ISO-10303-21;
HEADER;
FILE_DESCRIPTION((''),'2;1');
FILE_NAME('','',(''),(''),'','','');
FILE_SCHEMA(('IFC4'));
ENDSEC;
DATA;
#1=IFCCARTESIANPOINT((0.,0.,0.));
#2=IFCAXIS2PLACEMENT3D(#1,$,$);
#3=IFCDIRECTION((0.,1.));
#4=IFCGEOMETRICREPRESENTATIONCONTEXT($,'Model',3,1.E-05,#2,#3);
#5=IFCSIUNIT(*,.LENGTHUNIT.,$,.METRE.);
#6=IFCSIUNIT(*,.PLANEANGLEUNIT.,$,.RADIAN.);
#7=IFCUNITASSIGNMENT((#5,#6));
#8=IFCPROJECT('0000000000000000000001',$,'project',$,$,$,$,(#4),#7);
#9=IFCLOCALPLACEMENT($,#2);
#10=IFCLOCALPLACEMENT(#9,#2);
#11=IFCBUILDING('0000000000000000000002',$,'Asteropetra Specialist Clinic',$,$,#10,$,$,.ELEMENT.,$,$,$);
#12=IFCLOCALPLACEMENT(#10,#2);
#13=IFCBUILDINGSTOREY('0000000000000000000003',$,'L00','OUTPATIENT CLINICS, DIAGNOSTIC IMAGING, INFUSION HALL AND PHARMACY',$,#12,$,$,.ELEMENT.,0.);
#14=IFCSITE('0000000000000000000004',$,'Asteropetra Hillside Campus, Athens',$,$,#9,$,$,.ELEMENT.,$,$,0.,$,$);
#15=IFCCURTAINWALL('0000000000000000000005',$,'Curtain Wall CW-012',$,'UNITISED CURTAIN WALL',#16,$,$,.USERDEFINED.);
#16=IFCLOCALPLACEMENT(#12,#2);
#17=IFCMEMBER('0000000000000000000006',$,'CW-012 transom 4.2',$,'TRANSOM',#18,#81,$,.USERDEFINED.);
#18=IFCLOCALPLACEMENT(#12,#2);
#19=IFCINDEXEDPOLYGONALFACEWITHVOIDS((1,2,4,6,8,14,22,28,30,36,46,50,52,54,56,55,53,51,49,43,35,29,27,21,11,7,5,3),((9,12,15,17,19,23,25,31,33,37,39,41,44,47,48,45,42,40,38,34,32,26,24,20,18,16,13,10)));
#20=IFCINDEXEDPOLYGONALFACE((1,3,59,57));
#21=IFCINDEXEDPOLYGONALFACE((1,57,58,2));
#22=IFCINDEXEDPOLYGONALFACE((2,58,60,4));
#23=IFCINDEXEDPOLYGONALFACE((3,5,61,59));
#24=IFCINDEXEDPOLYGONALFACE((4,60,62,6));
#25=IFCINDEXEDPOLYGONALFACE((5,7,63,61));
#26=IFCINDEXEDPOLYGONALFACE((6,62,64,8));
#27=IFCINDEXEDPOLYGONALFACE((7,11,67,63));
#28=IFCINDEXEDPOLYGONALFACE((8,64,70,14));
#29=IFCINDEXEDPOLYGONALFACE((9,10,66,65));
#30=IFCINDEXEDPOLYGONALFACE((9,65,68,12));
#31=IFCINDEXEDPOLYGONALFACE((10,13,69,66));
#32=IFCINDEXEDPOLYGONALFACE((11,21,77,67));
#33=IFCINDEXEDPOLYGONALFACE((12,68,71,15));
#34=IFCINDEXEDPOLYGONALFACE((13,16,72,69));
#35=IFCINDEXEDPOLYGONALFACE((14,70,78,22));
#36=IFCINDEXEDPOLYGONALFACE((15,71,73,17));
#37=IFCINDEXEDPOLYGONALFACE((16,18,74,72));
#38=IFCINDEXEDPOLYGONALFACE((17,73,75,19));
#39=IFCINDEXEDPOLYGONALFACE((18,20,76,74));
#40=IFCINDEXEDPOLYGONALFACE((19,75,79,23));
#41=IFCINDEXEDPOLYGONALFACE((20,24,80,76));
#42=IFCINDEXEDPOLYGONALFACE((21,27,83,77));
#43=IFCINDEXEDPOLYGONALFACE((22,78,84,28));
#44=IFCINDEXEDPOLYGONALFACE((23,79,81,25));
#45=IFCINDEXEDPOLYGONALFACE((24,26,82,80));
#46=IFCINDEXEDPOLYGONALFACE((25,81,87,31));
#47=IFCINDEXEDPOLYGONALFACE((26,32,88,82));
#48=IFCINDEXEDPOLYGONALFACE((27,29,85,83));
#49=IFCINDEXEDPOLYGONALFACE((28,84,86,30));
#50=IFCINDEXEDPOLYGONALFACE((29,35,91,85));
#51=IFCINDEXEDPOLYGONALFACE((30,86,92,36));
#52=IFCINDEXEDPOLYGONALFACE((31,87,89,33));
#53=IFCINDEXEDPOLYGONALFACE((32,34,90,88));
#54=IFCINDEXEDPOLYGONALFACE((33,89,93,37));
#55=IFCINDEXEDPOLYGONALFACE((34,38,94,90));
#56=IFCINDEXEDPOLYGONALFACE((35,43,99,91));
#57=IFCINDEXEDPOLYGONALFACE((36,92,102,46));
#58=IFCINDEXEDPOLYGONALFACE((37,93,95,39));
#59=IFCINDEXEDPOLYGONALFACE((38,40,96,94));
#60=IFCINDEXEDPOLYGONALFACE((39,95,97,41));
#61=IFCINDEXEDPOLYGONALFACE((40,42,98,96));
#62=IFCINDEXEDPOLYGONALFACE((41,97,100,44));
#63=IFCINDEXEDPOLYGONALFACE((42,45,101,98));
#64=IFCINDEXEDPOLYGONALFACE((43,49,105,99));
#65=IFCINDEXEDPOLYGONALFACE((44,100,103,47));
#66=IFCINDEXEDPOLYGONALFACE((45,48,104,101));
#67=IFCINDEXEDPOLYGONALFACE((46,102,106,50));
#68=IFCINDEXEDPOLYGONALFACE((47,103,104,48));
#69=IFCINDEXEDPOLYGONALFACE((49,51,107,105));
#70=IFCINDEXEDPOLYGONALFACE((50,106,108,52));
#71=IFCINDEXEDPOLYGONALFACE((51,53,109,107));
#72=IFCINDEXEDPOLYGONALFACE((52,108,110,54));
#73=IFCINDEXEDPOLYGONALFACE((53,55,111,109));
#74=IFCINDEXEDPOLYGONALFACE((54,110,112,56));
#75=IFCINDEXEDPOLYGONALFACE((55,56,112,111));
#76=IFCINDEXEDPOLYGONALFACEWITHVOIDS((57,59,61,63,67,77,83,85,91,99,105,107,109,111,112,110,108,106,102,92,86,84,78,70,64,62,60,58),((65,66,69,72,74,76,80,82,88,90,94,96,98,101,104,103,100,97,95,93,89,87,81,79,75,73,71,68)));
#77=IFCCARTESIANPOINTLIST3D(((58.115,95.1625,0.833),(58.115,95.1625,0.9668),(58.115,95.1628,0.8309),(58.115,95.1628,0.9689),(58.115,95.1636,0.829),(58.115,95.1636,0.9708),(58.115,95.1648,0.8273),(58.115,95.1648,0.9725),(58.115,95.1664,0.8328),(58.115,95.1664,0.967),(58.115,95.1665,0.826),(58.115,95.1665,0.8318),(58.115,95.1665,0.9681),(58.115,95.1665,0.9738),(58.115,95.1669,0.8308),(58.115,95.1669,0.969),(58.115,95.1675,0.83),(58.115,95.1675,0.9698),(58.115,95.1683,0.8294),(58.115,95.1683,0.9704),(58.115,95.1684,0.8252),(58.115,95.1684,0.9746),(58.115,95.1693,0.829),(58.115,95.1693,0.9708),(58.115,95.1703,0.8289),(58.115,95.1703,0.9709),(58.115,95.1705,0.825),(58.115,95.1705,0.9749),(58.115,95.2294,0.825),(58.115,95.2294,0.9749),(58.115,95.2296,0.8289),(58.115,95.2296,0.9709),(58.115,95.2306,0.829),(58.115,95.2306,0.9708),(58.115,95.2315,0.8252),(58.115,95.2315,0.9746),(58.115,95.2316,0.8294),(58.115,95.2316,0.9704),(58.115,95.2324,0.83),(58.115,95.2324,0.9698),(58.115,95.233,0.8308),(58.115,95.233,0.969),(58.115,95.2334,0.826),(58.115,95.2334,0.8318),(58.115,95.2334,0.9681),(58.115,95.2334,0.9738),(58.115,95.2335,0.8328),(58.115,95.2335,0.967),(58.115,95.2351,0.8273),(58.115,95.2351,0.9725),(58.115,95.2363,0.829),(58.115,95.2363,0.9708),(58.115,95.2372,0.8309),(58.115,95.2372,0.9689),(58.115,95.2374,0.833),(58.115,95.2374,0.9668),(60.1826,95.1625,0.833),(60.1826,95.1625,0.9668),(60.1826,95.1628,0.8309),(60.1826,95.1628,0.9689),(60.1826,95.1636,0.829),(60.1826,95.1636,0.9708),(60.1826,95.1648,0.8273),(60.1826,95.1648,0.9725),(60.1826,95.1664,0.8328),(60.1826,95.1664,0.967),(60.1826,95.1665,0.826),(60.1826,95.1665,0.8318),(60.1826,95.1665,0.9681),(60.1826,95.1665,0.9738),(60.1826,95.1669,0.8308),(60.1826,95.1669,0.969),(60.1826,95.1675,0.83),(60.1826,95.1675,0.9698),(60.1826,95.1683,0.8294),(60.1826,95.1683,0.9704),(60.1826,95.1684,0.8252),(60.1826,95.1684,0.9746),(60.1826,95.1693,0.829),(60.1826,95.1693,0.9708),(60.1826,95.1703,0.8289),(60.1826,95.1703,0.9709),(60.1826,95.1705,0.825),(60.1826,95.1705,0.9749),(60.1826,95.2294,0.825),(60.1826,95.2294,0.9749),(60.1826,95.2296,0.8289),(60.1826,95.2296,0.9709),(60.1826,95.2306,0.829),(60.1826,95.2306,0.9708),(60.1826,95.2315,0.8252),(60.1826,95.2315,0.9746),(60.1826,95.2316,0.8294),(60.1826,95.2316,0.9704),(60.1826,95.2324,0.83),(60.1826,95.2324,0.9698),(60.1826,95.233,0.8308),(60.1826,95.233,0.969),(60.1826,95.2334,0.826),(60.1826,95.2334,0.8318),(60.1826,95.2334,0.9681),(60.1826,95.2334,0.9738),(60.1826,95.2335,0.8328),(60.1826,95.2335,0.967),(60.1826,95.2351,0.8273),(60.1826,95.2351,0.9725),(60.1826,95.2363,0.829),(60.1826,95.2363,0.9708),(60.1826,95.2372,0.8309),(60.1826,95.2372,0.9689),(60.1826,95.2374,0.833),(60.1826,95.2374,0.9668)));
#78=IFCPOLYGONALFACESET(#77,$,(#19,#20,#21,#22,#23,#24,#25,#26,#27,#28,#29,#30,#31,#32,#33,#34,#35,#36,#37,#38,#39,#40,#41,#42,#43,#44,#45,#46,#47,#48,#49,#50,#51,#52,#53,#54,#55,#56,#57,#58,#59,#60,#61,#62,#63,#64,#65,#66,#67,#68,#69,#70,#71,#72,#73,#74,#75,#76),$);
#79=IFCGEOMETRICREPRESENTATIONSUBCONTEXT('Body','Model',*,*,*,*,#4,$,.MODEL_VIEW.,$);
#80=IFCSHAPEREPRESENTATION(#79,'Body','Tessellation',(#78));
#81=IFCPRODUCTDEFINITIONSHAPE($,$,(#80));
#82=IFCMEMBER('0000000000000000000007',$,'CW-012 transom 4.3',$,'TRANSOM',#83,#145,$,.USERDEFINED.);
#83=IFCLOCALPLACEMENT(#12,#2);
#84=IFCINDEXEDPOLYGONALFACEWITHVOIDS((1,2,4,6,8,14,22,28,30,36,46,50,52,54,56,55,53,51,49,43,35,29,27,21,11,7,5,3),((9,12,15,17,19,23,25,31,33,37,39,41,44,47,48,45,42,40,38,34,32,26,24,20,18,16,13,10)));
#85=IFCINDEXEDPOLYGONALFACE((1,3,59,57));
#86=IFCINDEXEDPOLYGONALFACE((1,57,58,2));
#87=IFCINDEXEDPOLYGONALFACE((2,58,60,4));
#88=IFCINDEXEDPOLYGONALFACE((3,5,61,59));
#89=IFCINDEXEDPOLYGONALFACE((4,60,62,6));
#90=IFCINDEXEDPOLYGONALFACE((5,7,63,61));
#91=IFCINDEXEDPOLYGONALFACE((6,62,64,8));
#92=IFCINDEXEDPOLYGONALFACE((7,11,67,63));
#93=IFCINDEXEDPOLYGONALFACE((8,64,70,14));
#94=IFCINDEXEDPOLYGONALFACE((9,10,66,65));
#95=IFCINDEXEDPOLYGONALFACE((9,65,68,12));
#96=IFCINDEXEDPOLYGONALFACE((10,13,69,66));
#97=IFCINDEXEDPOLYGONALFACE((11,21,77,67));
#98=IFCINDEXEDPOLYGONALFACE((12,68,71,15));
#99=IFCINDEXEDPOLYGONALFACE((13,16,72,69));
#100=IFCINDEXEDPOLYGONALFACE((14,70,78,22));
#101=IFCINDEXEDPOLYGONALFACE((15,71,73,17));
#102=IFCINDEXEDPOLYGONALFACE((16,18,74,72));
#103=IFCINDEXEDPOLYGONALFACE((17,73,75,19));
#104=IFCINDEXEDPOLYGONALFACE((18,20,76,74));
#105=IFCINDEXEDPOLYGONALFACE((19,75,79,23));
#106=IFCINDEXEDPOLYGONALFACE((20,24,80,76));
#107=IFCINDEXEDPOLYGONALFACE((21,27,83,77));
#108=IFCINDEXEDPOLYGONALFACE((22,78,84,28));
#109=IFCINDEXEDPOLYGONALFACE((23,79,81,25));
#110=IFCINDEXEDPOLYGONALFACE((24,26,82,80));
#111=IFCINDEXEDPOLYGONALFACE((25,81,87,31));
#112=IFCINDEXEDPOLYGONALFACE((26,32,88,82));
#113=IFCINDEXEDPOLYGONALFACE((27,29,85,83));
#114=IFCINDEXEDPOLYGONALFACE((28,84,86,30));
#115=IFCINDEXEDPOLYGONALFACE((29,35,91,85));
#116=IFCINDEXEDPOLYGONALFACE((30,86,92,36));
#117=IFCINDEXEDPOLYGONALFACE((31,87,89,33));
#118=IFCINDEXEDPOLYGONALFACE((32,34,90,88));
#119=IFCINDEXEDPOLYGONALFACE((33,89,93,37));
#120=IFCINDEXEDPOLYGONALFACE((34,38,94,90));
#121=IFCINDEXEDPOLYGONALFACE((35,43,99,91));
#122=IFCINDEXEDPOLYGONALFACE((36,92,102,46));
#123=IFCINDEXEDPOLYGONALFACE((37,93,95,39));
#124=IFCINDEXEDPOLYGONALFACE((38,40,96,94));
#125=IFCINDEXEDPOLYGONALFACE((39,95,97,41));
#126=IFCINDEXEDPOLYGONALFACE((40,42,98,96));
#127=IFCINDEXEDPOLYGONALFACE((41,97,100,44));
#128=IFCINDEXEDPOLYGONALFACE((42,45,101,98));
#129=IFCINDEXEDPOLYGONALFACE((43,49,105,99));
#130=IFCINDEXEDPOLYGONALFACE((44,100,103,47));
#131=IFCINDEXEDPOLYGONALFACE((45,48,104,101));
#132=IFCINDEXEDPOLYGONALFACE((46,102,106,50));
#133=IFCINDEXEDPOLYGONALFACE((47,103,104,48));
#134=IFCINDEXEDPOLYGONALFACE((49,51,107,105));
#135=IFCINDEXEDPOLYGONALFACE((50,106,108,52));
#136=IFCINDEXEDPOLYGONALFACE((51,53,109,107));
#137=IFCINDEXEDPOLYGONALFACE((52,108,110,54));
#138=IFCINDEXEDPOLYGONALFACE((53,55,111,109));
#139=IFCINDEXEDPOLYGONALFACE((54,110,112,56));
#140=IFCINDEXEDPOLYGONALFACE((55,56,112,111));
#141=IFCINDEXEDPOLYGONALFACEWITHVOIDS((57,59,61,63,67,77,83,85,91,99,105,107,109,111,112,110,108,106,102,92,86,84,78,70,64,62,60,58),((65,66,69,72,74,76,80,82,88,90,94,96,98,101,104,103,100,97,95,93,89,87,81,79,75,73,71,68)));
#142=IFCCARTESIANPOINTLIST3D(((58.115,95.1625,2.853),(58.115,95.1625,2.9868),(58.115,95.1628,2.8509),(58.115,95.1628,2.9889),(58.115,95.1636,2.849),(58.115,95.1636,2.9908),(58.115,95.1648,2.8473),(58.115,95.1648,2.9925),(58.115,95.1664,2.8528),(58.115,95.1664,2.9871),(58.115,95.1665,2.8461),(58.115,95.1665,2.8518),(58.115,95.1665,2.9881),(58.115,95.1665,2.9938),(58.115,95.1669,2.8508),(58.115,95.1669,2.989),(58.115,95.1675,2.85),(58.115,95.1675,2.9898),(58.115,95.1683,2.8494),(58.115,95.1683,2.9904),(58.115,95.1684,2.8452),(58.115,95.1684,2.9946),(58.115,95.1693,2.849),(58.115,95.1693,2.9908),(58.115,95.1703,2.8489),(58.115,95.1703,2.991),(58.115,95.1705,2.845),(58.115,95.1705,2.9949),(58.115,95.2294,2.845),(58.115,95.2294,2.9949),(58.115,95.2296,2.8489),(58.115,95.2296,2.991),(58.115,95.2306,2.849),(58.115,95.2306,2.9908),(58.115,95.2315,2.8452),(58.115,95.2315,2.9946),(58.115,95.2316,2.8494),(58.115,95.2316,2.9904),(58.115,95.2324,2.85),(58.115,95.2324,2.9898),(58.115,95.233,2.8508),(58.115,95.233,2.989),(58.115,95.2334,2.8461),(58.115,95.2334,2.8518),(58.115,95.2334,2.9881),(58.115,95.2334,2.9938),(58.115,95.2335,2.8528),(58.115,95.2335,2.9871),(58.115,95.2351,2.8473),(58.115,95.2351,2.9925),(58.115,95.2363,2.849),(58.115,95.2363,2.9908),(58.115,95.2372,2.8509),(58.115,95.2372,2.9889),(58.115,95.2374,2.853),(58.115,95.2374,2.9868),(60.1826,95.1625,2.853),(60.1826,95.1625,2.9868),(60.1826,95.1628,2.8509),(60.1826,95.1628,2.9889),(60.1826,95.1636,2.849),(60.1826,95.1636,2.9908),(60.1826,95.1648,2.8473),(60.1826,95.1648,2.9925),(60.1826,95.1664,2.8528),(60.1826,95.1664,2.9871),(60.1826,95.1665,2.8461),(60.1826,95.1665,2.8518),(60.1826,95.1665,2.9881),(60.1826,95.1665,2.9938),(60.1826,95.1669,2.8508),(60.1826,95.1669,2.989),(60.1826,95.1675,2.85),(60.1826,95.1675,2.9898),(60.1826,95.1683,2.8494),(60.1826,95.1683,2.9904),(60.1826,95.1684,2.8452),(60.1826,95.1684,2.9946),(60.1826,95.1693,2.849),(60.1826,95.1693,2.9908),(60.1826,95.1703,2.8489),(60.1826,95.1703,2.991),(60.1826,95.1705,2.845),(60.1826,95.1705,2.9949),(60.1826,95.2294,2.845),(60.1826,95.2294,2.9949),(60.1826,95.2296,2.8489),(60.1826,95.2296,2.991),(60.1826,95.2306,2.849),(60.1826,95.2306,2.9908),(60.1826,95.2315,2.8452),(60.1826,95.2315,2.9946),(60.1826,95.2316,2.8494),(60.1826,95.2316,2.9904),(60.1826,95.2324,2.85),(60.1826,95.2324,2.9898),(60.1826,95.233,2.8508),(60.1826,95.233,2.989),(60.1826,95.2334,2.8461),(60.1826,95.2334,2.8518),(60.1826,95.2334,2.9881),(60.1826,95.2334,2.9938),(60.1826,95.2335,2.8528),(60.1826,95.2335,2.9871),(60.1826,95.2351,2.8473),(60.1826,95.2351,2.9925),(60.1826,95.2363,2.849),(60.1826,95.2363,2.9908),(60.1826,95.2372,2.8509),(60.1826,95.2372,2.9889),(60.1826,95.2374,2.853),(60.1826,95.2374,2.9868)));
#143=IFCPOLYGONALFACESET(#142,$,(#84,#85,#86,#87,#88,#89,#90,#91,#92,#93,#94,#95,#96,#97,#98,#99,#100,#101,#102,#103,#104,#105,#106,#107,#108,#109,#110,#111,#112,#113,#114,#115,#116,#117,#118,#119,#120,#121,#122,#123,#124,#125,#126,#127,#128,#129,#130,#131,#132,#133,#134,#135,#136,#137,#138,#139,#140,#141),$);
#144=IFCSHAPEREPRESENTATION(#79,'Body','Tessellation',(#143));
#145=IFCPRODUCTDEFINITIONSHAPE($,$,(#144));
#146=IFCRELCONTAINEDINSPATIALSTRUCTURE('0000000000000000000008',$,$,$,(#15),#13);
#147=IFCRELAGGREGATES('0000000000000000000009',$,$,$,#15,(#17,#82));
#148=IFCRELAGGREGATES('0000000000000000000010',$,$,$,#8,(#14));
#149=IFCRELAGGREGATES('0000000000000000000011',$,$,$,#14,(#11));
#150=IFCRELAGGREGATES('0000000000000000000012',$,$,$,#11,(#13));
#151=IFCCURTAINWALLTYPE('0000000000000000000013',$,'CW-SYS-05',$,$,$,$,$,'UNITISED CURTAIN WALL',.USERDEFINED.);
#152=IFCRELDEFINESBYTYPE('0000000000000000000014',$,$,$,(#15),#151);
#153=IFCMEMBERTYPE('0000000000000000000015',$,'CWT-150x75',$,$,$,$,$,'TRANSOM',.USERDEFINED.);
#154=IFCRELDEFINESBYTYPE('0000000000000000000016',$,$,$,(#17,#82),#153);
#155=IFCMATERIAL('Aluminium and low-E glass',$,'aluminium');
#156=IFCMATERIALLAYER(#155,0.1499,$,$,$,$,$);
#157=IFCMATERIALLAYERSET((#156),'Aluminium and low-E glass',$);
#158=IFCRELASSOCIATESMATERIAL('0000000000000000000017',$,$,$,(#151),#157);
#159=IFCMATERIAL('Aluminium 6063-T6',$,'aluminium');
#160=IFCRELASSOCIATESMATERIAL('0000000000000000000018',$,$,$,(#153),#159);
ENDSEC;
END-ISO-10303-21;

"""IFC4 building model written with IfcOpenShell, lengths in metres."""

from ifc_helpers import new_model, si_unit, direction, frame, origin, origin_2d, place, context, subcontext, project, spatial, hollow_rectangle, extrude, material, layer, layer_set, material_profile, profile_set, type_object, element, aggregate, save


model = new_model("IFC4")

# Units and contexts
model_context = context("Model", 3, precision=1e-05, world=origin(), true_north=direction((0.0, 1.0)))
body_context = subcontext(model_context, "Body", "Model", "MODEL_VIEW")
ifc_project = project(units=[si_unit("LENGTHUNIT", "METRE"), si_unit("PLANEANGLEUNIT", "RADIAN")], contexts=[model_context])

# Site, building, storey
site_placement = place(None, origin())
site = spatial("IfcSite", under=ifc_project, at=site_placement, Name="Asteropetra Hillside Campus, Athens", CompositionType="ELEMENT", RefElevation=0.0)
building_placement = place(site_placement, origin())
building = spatial("IfcBuilding", under=site, at=building_placement, Name="Asteropetra Specialist Clinic", CompositionType="ELEMENT")
storey_placement = place(building_placement, origin())
storey = spatial("IfcBuildingStorey", under=building, at=storey_placement, Name="L00", Description="OUTPATIENT CLINICS, DIAGNOSTIC IMAGING, INFUSION HALL AND PHARMACY", CompositionType="ELEMENT", Elevation=0.0)

# Curtain wall
ifc_material_1 = material(Name="Aluminium and low-E glass", Category="aluminium")
ifc_layer_1 = layer(ifc_material_1, 0.1499)
ifc_layer_set_1 = layer_set([ifc_layer_1], Name="Aluminium and low-E glass")
curtain_wall_type_1 = type_object("IfcCurtainWallType", Name="CW-SYS-05", ElementType="UNITISED CURTAIN WALL", PredefinedType="USERDEFINED", material=ifc_layer_set_1)
curtain_wall_1_placement = place(storey_placement, origin())
curtain_wall_1 = element("IfcCurtainWall", 1, at=curtain_wall_1_placement, inside=storey, type_object=curtain_wall_type_1, Name="Curtain Wall CW-012", ObjectType="UNITISED CURTAIN WALL", PredefinedType="USERDEFINED")

# Members
ifc_material_2 = material(Name="Aluminium 6063-T6", Category="aluminium")
ifc_material_profile_1 = material_profile(ifc_material_2, hollow_rectangle(XDim=0.075, YDim=0.1499, WallThickness=0.0039, InnerFilletRadius=0.0039, OuterFilletRadius=0.0081, at=origin_2d()), Name="TRN 150x75x4.0")
ifc_profile_set_1 = profile_set([ifc_material_profile_1], Name="Aluminium 6063-T6")
member_type_1 = type_object("IfcMemberType", Name="CWT-150x75", ElementType="TRANSOM", PredefinedType="USERDEFINED", material=ifc_profile_set_1)
member_1_placement = place(storey_placement, frame((60.1826, 95.2, 0.8999), z_axis=(-1.0, 0.0, 0.0), x_axis=(0.0, -1.0, 0.0)))
member_1 = element("IfcMember", 2, at=member_1_placement, type_object=member_type_1, Name="CW-012 transom 4.2", ObjectType="TRANSOM", PredefinedType="USERDEFINED", context=body_context, shape_type="SweptSolid", body=[
    extrude(hollow_rectangle(XDim=0.075, YDim=0.1499, WallThickness=0.0039, InnerFilletRadius=0.0039, OuterFilletRadius=0.0081, at=origin_2d()), origin(), (0.0, 0.0, 1.0), 2.0676),
])
member_2_placement = place(storey_placement, frame((60.1826, 95.2, 2.9199), z_axis=(-1.0, 0.0, 0.0), x_axis=(0.0, -1.0, 0.0)))
member_2 = element("IfcMember", 3, at=member_2_placement, type_object=member_type_1, Name="CW-012 transom 4.3", ObjectType="TRANSOM", PredefinedType="USERDEFINED", context=body_context, shape_type="SweptSolid", body=[
    extrude(hollow_rectangle(XDim=0.075, YDim=0.1499, WallThickness=0.0039, InnerFilletRadius=0.0039, OuterFilletRadius=0.0081, at=origin_2d()), origin(), (0.0, 0.0, 1.0), 2.0676),
])

aggregate(curtain_wall_1, [member_1, member_2])

save(model, "model.ifc")
